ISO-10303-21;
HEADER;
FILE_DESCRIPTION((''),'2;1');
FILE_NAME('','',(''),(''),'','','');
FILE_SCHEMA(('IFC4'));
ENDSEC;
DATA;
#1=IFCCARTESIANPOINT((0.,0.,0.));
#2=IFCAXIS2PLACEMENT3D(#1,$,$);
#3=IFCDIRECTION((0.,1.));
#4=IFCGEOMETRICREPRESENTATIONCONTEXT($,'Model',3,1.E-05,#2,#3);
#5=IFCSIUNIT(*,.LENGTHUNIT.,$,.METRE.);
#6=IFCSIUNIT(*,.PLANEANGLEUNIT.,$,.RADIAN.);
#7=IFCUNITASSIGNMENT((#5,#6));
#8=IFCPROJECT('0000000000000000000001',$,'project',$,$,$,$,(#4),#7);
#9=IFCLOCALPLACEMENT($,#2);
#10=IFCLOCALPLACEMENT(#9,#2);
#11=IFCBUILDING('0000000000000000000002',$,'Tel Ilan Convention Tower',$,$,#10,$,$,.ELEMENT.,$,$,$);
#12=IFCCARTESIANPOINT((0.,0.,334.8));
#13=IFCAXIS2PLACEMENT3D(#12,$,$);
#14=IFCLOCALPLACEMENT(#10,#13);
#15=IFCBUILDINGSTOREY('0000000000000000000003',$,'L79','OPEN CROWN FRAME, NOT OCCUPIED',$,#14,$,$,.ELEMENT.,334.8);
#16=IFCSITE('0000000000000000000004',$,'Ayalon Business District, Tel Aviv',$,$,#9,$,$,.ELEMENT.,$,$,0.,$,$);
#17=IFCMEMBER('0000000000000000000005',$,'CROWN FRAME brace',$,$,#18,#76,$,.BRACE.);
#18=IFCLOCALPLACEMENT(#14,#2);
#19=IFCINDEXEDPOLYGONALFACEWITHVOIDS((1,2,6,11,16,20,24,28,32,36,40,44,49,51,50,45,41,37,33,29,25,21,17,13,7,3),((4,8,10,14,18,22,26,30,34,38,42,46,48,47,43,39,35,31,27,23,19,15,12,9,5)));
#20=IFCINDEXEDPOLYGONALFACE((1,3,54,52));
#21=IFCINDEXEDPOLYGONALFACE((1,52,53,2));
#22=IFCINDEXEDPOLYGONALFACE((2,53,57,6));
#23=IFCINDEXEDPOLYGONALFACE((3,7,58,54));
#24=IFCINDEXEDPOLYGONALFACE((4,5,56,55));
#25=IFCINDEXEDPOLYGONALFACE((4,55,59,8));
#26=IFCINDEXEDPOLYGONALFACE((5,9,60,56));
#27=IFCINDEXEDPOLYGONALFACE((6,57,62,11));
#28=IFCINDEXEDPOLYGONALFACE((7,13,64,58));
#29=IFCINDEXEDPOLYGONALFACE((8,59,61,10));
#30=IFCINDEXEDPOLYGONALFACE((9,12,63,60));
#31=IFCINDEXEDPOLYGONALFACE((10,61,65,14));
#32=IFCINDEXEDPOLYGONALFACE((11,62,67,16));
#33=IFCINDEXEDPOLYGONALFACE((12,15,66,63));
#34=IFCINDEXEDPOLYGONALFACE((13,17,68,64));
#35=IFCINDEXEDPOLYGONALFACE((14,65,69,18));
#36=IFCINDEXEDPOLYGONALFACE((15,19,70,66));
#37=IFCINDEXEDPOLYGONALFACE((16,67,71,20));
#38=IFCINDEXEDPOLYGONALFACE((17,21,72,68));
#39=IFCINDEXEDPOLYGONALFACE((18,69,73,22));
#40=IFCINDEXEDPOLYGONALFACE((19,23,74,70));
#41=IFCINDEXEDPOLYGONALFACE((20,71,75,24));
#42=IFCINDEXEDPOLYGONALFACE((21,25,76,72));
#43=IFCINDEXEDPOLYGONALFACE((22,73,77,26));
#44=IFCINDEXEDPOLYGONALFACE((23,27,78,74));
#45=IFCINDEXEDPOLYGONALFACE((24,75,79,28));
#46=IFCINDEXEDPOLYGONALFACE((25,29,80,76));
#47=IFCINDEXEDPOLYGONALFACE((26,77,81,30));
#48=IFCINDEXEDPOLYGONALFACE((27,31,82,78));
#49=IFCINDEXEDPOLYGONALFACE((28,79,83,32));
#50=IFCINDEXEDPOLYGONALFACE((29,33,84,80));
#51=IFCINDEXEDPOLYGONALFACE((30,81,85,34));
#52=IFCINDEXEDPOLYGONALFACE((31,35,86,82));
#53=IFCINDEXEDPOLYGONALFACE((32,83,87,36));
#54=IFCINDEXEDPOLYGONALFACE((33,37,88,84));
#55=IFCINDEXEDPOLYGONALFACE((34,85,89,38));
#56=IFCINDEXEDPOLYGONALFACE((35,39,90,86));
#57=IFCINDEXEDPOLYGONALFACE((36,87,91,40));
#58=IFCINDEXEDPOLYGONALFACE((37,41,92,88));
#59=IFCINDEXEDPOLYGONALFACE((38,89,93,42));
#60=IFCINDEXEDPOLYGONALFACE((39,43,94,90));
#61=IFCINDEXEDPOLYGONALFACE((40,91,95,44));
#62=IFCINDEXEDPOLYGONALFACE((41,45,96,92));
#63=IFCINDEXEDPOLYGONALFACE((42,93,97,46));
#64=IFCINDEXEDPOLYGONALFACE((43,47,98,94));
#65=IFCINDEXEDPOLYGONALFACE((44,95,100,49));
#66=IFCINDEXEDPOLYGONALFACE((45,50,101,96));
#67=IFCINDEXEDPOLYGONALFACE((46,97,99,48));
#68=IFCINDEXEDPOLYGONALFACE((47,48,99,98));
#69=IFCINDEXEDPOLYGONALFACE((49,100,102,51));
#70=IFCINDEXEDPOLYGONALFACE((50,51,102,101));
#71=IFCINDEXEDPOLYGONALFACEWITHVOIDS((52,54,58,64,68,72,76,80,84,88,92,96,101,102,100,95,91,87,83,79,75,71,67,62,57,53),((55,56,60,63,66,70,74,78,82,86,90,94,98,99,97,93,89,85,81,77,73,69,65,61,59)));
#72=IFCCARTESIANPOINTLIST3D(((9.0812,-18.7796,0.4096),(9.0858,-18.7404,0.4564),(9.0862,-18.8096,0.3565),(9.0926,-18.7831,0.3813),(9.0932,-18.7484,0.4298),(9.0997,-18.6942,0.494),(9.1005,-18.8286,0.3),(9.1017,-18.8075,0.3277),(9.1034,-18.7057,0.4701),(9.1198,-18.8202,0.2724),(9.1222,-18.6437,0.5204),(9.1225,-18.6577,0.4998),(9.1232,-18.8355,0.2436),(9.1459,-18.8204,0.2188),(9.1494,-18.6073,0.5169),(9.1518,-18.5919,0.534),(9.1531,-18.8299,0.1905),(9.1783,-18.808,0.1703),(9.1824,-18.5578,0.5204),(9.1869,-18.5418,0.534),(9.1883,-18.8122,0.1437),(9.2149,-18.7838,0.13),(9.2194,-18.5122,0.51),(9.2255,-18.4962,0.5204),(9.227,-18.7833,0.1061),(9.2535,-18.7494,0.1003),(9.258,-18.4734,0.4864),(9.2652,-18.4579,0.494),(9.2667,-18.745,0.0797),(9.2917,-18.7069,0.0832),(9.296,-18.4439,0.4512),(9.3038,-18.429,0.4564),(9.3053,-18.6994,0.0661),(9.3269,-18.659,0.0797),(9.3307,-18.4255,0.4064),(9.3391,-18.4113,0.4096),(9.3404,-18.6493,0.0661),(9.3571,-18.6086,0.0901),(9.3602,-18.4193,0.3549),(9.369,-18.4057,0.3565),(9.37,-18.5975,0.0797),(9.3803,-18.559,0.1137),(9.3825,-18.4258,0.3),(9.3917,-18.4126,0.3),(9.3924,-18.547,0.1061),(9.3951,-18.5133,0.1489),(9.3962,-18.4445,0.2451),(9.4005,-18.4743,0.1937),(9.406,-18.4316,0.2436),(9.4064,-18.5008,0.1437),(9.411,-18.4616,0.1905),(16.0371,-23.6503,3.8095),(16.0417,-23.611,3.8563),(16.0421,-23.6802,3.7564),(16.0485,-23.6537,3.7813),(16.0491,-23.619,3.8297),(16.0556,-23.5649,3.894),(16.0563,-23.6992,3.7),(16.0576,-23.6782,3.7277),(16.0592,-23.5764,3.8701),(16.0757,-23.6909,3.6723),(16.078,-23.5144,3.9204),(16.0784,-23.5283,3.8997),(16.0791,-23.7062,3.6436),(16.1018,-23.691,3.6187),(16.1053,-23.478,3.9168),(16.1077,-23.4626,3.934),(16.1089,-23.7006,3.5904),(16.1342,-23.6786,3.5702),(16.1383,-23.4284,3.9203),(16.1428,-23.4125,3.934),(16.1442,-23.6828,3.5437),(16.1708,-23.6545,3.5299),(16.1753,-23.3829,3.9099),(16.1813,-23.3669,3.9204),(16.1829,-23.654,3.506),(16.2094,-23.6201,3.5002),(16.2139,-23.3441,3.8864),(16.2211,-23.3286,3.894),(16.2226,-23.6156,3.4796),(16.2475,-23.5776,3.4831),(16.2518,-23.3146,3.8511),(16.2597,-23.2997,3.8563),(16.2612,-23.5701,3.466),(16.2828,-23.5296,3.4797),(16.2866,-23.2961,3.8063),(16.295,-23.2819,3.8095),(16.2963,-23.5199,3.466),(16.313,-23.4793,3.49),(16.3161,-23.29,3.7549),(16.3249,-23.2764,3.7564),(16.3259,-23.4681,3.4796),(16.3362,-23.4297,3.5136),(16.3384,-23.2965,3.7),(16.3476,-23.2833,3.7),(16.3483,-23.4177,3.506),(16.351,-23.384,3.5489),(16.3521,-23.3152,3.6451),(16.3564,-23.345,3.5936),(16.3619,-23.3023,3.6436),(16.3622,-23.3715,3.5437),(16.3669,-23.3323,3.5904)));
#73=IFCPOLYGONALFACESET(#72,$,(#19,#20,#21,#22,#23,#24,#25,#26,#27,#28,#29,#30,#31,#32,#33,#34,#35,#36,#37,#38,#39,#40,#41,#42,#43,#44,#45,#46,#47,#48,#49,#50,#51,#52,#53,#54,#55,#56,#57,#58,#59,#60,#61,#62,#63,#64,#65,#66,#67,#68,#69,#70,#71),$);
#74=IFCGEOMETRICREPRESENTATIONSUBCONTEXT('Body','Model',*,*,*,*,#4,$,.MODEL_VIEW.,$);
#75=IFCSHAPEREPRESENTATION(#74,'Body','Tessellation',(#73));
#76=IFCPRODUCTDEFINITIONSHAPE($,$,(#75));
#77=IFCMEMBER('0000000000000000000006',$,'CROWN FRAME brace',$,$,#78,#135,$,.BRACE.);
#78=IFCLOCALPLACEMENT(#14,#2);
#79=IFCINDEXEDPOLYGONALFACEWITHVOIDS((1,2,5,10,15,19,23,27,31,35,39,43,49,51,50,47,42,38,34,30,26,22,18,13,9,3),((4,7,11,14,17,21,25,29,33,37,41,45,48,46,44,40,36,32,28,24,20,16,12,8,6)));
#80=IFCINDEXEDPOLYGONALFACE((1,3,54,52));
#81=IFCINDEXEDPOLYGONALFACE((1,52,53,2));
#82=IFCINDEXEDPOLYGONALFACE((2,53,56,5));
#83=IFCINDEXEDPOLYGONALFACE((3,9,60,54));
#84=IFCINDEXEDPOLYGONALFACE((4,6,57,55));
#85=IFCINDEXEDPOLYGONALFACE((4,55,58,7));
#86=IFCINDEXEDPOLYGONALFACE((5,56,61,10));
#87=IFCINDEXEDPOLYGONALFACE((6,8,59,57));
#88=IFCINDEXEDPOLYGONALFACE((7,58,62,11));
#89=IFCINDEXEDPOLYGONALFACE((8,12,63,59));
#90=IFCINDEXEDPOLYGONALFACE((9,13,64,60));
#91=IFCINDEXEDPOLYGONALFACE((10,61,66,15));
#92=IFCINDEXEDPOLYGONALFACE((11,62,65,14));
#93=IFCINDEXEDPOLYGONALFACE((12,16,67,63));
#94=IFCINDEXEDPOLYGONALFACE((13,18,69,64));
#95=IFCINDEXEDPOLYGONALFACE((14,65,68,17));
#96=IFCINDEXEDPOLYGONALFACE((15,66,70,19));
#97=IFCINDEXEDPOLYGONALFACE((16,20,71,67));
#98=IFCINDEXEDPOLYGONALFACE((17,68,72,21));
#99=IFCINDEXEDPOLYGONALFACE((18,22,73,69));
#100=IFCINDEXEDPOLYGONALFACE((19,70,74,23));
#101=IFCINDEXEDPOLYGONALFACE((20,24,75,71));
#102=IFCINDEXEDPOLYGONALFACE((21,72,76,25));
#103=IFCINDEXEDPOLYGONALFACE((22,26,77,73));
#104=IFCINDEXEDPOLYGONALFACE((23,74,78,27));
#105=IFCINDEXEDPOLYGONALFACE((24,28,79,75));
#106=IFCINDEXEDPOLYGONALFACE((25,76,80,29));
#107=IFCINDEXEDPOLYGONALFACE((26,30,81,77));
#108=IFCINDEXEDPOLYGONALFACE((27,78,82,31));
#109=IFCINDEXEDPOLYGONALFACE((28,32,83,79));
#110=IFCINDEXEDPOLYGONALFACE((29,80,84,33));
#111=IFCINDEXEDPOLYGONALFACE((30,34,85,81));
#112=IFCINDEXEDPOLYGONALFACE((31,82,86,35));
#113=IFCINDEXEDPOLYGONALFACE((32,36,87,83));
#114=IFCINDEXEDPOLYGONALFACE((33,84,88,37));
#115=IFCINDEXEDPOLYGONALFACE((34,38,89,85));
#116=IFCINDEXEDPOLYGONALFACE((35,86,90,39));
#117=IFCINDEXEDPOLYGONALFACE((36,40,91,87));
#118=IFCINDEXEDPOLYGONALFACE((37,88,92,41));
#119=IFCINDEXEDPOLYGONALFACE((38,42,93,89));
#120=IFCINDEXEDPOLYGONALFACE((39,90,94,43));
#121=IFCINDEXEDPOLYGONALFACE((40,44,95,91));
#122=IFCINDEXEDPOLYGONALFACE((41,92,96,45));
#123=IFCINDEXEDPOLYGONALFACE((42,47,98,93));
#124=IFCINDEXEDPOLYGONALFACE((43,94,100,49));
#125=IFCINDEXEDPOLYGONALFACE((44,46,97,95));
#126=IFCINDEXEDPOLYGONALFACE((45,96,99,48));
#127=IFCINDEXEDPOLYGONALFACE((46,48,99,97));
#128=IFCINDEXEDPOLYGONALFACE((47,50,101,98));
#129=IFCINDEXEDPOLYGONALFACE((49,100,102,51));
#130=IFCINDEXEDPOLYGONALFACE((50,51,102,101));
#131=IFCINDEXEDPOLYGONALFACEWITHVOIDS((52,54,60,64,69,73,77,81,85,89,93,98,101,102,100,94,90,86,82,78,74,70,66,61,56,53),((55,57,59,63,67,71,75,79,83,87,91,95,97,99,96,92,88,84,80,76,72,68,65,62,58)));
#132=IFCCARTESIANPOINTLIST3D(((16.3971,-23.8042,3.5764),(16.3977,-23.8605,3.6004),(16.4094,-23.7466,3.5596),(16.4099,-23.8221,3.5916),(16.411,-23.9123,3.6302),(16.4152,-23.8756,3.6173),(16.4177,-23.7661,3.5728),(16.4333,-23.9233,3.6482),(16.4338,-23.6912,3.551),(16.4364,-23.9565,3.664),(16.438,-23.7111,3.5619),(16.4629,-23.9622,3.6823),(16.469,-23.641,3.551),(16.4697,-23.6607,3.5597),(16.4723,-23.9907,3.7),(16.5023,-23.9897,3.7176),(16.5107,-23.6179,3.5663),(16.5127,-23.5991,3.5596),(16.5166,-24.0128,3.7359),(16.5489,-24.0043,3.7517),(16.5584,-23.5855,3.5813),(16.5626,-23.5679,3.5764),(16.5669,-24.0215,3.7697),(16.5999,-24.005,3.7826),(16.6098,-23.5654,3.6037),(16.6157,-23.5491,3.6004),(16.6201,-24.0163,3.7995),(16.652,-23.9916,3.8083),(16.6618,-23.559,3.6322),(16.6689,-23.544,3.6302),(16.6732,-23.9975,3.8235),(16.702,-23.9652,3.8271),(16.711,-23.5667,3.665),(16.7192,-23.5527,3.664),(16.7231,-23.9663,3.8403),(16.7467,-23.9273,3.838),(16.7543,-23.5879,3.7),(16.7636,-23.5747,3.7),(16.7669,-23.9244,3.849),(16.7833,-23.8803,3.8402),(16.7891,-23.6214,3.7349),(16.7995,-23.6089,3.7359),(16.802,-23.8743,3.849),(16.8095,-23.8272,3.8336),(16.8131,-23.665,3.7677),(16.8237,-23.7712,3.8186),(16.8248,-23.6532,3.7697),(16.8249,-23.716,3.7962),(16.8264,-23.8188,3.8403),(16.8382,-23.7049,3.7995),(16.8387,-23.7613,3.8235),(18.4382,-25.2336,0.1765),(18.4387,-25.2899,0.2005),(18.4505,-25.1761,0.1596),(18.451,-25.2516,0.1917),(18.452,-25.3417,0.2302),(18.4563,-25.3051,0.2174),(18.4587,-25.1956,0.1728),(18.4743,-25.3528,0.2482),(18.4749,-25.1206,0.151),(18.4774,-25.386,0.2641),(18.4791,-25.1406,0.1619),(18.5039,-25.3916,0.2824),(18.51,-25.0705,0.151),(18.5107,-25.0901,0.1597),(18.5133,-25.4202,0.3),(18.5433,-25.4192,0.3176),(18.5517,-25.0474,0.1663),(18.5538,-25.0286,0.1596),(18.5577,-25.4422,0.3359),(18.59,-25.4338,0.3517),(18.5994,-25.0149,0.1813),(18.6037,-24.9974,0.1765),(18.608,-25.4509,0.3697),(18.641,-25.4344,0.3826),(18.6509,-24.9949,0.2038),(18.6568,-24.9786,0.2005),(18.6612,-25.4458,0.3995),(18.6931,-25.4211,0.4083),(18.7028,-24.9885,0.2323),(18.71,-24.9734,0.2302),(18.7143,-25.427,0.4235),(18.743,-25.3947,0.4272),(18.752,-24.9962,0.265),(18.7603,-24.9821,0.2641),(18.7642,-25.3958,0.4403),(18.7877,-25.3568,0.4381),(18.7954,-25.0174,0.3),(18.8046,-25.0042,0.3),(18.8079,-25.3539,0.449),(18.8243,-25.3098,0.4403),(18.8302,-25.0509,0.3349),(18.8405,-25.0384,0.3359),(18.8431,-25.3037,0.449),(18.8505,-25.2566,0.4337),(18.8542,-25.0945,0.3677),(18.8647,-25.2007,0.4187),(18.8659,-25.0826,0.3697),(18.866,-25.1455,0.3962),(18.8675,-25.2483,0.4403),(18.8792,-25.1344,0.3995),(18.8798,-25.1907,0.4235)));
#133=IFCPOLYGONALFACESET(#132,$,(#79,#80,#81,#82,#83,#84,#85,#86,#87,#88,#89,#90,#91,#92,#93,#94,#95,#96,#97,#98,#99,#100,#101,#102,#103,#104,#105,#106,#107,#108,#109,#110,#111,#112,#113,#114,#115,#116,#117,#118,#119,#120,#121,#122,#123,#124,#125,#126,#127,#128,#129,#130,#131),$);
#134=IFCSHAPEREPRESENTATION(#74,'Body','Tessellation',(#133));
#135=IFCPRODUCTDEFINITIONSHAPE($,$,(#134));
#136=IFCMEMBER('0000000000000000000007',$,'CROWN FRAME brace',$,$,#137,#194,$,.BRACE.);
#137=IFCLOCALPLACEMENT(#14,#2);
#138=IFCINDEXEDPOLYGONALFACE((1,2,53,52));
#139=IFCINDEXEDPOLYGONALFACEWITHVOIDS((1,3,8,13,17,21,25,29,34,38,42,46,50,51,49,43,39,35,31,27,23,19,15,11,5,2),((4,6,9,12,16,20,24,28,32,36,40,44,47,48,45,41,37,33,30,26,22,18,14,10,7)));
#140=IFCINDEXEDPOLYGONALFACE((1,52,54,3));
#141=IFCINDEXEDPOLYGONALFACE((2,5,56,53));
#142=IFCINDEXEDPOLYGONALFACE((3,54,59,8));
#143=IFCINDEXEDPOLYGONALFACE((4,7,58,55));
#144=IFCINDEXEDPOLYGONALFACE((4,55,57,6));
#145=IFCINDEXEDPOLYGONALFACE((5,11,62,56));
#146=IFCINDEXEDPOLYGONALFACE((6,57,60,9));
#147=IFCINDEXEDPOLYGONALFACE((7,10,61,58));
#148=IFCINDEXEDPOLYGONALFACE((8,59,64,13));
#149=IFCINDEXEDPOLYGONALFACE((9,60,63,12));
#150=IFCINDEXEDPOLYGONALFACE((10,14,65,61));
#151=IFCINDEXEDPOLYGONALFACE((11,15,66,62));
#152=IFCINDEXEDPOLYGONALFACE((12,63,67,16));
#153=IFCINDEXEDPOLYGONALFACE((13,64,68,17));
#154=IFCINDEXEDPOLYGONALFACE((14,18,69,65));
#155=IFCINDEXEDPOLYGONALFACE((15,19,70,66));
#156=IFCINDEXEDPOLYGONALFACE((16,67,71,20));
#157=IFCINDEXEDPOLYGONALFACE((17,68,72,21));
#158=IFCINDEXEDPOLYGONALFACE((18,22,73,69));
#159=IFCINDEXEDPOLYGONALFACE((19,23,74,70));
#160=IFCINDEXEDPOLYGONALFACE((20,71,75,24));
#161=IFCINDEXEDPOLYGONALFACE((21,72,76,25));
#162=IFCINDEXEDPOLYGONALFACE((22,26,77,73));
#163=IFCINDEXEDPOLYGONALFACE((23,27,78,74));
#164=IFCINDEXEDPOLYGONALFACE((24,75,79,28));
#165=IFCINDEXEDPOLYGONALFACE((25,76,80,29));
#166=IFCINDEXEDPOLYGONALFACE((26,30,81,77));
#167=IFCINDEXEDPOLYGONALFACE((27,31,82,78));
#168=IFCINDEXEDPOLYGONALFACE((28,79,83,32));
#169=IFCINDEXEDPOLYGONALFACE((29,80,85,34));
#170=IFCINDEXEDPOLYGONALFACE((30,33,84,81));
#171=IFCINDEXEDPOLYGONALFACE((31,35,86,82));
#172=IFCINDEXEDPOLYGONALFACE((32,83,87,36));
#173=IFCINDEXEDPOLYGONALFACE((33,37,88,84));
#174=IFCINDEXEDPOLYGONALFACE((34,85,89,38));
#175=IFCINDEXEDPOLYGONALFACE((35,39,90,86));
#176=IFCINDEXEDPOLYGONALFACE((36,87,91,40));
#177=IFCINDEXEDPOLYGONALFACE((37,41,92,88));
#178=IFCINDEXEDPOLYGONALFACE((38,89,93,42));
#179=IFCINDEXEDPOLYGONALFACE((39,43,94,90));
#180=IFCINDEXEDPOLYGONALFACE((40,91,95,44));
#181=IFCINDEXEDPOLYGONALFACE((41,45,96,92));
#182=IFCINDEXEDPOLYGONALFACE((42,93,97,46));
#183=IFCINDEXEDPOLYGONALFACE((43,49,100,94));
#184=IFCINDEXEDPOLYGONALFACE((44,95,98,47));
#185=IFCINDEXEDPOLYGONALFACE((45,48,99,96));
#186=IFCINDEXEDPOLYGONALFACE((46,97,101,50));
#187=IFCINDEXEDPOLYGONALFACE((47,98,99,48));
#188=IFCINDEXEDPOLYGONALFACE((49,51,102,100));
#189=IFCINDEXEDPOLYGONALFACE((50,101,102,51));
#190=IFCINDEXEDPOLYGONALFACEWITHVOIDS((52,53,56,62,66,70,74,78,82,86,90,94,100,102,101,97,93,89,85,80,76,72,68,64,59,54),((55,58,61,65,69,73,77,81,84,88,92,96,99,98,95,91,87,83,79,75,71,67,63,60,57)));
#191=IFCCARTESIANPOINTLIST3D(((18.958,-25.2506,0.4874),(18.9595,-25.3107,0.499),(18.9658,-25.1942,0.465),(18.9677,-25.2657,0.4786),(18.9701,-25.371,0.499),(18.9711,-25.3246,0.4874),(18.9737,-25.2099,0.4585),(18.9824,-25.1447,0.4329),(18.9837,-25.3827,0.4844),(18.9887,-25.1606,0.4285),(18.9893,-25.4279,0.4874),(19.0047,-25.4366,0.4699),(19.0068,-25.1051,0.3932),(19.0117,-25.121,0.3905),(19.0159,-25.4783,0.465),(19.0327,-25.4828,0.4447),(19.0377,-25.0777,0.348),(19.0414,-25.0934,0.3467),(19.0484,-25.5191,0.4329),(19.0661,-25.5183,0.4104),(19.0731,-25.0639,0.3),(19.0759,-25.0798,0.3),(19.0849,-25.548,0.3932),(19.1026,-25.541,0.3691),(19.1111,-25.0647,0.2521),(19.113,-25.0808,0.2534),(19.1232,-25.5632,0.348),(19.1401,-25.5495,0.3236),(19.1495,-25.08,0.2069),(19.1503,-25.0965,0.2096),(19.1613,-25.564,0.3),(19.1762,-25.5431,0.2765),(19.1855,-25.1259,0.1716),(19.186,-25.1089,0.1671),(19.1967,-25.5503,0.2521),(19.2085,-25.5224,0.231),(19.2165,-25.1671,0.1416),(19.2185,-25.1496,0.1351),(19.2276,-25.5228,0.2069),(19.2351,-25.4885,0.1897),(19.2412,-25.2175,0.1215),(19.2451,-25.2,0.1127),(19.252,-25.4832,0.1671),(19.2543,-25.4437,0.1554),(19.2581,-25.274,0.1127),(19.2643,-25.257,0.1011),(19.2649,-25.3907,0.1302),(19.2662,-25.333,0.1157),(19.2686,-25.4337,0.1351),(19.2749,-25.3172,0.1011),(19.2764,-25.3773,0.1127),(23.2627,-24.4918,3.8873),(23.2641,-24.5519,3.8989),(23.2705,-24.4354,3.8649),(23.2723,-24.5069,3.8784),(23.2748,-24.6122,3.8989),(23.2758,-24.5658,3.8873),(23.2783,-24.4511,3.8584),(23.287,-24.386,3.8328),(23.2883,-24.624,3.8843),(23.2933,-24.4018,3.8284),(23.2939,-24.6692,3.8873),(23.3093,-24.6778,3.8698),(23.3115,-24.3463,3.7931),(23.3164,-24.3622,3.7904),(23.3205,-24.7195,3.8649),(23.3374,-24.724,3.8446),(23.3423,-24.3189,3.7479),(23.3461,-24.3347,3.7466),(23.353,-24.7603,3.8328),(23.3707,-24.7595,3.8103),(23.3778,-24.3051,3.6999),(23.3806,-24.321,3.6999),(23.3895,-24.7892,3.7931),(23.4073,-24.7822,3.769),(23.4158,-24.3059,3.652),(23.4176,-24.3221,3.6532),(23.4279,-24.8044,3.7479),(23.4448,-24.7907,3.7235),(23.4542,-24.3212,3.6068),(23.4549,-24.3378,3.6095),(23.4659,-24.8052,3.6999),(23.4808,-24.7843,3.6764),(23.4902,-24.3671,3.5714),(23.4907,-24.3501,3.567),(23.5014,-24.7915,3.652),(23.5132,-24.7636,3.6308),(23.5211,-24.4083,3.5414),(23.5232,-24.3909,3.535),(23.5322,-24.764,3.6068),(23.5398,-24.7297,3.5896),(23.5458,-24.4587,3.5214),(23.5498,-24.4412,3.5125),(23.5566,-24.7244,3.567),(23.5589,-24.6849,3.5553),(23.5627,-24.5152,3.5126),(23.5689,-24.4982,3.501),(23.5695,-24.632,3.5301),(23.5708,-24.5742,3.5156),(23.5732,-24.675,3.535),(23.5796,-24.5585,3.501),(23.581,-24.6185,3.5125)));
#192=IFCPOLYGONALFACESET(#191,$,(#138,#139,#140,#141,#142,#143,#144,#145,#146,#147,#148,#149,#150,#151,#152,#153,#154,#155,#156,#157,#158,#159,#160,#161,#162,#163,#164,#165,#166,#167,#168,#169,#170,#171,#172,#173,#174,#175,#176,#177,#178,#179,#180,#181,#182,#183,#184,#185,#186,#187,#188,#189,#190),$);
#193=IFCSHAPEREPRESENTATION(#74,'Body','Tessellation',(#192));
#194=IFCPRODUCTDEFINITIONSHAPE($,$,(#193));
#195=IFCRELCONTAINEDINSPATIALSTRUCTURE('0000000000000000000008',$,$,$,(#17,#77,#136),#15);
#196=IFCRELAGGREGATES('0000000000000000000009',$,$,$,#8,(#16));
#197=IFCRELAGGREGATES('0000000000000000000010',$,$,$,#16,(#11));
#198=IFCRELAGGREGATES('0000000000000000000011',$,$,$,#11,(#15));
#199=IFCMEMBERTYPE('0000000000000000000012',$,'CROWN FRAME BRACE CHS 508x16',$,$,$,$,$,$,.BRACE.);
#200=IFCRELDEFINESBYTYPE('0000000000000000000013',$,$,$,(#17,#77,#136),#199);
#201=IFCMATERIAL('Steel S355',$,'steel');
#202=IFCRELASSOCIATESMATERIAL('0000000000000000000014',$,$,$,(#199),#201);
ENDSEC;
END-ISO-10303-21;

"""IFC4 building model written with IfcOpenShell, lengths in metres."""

from ifc_helpers import new_model, si_unit, direction, frame, origin, origin_2d, place, context, subcontext, project, spatial, hollow_circle, extrude, material, material_profile, profile_set, type_object, element, save


model = new_model("IFC4")

# Units and contexts
model_context = context("Model", 3, precision=1e-05, world=origin(), true_north=direction((0.0, 1.0)))
body_context = subcontext(model_context, "Body", "Model", "MODEL_VIEW")
ifc_project = project(units=[si_unit("LENGTHUNIT", "METRE"), si_unit("PLANEANGLEUNIT", "RADIAN")], contexts=[model_context])

# Site, building, storey
site_placement = place(None, origin())
site = spatial("IfcSite", under=ifc_project, at=site_placement, Name="Ayalon Business District, Tel Aviv", CompositionType="ELEMENT", RefElevation=0.0)
building_placement = place(site_placement, origin())
building = spatial("IfcBuilding", under=site, at=building_placement, Name="Tel Ilan Convention Tower", CompositionType="ELEMENT")
storey_placement = place(building_placement, frame((0.0, 0.0, 334.8)))
storey = spatial("IfcBuildingStorey", under=building, at=storey_placement, Name="L79", Description="OPEN CROWN FRAME, NOT OCCUPIED", CompositionType="ELEMENT", Elevation=334.8)

# Members
ifc_material_1 = material(Name="Steel S355", Category="steel")
ifc_material_profile_1 = material_profile(ifc_material_1, hollow_circle(Radius=0.2539, WallThickness=0.0161, at=origin_2d()), Name="CHS 508x16")
ifc_profile_set_1 = profile_set([ifc_material_profile_1], Name="Steel S355")
member_type = type_object("IfcMemberType", Name="CROWN FRAME BRACE CHS 508x16", PredefinedType="BRACE", material=ifc_profile_set_1)
member_1_placement = place(storey_placement, frame((9.2461, -18.6206, 0.3), z_axis=(0.760457, -0.532488, 0.371701), x_axis=(0.573584, 0.819147, 0.0)))
element("IfcMember", 1, at=member_1_placement, inside=storey, type_object=member_type, Name="CROWN FRAME brace", PredefinedType="BRACE", context=body_context, shape_type="SweptSolid", body=[
    extrude(hollow_circle(Radius=0.2539, WallThickness=0.0161, at=origin_2d()), origin(), (0.0, 0.0, 1.0), 9.147),
])
member_2_placement = place(storey_placement, frame((16.6179, -23.7827, 3.7), z_axis=(0.484197, -0.339112, -0.806571), x_axis=(0.57366, 0.819094, 0.0)))
element("IfcMember", 2, at=member_2_placement, inside=storey, type_object=member_type, Name="CROWN FRAME brace", PredefinedType="BRACE", context=body_context, shape_type="SweptSolid", body=[
    extrude(hollow_circle(Radius=0.2539, WallThickness=0.0161, at=origin_2d()), origin(), (0.0, 0.0, 1.0), 4.2153),
])
member_3_placement = place(storey_placement, frame((19.1172, -25.314, 0.3), z_axis=(0.777351, 0.137024, 0.613963), x_axis=(-0.173594, 0.984817, 0.0)))
element("IfcMember", 3, at=member_3_placement, inside=storey, type_object=member_type, Name="CROWN FRAME brace", PredefinedType="BRACE", context=body_context, shape_type="SweptSolid", body=[
    extrude(hollow_circle(Radius=0.2539, WallThickness=0.0161, at=origin_2d()), origin(), (0.0, 0.0, 1.0), 5.5376),
])

save(model, "model.ifc")
